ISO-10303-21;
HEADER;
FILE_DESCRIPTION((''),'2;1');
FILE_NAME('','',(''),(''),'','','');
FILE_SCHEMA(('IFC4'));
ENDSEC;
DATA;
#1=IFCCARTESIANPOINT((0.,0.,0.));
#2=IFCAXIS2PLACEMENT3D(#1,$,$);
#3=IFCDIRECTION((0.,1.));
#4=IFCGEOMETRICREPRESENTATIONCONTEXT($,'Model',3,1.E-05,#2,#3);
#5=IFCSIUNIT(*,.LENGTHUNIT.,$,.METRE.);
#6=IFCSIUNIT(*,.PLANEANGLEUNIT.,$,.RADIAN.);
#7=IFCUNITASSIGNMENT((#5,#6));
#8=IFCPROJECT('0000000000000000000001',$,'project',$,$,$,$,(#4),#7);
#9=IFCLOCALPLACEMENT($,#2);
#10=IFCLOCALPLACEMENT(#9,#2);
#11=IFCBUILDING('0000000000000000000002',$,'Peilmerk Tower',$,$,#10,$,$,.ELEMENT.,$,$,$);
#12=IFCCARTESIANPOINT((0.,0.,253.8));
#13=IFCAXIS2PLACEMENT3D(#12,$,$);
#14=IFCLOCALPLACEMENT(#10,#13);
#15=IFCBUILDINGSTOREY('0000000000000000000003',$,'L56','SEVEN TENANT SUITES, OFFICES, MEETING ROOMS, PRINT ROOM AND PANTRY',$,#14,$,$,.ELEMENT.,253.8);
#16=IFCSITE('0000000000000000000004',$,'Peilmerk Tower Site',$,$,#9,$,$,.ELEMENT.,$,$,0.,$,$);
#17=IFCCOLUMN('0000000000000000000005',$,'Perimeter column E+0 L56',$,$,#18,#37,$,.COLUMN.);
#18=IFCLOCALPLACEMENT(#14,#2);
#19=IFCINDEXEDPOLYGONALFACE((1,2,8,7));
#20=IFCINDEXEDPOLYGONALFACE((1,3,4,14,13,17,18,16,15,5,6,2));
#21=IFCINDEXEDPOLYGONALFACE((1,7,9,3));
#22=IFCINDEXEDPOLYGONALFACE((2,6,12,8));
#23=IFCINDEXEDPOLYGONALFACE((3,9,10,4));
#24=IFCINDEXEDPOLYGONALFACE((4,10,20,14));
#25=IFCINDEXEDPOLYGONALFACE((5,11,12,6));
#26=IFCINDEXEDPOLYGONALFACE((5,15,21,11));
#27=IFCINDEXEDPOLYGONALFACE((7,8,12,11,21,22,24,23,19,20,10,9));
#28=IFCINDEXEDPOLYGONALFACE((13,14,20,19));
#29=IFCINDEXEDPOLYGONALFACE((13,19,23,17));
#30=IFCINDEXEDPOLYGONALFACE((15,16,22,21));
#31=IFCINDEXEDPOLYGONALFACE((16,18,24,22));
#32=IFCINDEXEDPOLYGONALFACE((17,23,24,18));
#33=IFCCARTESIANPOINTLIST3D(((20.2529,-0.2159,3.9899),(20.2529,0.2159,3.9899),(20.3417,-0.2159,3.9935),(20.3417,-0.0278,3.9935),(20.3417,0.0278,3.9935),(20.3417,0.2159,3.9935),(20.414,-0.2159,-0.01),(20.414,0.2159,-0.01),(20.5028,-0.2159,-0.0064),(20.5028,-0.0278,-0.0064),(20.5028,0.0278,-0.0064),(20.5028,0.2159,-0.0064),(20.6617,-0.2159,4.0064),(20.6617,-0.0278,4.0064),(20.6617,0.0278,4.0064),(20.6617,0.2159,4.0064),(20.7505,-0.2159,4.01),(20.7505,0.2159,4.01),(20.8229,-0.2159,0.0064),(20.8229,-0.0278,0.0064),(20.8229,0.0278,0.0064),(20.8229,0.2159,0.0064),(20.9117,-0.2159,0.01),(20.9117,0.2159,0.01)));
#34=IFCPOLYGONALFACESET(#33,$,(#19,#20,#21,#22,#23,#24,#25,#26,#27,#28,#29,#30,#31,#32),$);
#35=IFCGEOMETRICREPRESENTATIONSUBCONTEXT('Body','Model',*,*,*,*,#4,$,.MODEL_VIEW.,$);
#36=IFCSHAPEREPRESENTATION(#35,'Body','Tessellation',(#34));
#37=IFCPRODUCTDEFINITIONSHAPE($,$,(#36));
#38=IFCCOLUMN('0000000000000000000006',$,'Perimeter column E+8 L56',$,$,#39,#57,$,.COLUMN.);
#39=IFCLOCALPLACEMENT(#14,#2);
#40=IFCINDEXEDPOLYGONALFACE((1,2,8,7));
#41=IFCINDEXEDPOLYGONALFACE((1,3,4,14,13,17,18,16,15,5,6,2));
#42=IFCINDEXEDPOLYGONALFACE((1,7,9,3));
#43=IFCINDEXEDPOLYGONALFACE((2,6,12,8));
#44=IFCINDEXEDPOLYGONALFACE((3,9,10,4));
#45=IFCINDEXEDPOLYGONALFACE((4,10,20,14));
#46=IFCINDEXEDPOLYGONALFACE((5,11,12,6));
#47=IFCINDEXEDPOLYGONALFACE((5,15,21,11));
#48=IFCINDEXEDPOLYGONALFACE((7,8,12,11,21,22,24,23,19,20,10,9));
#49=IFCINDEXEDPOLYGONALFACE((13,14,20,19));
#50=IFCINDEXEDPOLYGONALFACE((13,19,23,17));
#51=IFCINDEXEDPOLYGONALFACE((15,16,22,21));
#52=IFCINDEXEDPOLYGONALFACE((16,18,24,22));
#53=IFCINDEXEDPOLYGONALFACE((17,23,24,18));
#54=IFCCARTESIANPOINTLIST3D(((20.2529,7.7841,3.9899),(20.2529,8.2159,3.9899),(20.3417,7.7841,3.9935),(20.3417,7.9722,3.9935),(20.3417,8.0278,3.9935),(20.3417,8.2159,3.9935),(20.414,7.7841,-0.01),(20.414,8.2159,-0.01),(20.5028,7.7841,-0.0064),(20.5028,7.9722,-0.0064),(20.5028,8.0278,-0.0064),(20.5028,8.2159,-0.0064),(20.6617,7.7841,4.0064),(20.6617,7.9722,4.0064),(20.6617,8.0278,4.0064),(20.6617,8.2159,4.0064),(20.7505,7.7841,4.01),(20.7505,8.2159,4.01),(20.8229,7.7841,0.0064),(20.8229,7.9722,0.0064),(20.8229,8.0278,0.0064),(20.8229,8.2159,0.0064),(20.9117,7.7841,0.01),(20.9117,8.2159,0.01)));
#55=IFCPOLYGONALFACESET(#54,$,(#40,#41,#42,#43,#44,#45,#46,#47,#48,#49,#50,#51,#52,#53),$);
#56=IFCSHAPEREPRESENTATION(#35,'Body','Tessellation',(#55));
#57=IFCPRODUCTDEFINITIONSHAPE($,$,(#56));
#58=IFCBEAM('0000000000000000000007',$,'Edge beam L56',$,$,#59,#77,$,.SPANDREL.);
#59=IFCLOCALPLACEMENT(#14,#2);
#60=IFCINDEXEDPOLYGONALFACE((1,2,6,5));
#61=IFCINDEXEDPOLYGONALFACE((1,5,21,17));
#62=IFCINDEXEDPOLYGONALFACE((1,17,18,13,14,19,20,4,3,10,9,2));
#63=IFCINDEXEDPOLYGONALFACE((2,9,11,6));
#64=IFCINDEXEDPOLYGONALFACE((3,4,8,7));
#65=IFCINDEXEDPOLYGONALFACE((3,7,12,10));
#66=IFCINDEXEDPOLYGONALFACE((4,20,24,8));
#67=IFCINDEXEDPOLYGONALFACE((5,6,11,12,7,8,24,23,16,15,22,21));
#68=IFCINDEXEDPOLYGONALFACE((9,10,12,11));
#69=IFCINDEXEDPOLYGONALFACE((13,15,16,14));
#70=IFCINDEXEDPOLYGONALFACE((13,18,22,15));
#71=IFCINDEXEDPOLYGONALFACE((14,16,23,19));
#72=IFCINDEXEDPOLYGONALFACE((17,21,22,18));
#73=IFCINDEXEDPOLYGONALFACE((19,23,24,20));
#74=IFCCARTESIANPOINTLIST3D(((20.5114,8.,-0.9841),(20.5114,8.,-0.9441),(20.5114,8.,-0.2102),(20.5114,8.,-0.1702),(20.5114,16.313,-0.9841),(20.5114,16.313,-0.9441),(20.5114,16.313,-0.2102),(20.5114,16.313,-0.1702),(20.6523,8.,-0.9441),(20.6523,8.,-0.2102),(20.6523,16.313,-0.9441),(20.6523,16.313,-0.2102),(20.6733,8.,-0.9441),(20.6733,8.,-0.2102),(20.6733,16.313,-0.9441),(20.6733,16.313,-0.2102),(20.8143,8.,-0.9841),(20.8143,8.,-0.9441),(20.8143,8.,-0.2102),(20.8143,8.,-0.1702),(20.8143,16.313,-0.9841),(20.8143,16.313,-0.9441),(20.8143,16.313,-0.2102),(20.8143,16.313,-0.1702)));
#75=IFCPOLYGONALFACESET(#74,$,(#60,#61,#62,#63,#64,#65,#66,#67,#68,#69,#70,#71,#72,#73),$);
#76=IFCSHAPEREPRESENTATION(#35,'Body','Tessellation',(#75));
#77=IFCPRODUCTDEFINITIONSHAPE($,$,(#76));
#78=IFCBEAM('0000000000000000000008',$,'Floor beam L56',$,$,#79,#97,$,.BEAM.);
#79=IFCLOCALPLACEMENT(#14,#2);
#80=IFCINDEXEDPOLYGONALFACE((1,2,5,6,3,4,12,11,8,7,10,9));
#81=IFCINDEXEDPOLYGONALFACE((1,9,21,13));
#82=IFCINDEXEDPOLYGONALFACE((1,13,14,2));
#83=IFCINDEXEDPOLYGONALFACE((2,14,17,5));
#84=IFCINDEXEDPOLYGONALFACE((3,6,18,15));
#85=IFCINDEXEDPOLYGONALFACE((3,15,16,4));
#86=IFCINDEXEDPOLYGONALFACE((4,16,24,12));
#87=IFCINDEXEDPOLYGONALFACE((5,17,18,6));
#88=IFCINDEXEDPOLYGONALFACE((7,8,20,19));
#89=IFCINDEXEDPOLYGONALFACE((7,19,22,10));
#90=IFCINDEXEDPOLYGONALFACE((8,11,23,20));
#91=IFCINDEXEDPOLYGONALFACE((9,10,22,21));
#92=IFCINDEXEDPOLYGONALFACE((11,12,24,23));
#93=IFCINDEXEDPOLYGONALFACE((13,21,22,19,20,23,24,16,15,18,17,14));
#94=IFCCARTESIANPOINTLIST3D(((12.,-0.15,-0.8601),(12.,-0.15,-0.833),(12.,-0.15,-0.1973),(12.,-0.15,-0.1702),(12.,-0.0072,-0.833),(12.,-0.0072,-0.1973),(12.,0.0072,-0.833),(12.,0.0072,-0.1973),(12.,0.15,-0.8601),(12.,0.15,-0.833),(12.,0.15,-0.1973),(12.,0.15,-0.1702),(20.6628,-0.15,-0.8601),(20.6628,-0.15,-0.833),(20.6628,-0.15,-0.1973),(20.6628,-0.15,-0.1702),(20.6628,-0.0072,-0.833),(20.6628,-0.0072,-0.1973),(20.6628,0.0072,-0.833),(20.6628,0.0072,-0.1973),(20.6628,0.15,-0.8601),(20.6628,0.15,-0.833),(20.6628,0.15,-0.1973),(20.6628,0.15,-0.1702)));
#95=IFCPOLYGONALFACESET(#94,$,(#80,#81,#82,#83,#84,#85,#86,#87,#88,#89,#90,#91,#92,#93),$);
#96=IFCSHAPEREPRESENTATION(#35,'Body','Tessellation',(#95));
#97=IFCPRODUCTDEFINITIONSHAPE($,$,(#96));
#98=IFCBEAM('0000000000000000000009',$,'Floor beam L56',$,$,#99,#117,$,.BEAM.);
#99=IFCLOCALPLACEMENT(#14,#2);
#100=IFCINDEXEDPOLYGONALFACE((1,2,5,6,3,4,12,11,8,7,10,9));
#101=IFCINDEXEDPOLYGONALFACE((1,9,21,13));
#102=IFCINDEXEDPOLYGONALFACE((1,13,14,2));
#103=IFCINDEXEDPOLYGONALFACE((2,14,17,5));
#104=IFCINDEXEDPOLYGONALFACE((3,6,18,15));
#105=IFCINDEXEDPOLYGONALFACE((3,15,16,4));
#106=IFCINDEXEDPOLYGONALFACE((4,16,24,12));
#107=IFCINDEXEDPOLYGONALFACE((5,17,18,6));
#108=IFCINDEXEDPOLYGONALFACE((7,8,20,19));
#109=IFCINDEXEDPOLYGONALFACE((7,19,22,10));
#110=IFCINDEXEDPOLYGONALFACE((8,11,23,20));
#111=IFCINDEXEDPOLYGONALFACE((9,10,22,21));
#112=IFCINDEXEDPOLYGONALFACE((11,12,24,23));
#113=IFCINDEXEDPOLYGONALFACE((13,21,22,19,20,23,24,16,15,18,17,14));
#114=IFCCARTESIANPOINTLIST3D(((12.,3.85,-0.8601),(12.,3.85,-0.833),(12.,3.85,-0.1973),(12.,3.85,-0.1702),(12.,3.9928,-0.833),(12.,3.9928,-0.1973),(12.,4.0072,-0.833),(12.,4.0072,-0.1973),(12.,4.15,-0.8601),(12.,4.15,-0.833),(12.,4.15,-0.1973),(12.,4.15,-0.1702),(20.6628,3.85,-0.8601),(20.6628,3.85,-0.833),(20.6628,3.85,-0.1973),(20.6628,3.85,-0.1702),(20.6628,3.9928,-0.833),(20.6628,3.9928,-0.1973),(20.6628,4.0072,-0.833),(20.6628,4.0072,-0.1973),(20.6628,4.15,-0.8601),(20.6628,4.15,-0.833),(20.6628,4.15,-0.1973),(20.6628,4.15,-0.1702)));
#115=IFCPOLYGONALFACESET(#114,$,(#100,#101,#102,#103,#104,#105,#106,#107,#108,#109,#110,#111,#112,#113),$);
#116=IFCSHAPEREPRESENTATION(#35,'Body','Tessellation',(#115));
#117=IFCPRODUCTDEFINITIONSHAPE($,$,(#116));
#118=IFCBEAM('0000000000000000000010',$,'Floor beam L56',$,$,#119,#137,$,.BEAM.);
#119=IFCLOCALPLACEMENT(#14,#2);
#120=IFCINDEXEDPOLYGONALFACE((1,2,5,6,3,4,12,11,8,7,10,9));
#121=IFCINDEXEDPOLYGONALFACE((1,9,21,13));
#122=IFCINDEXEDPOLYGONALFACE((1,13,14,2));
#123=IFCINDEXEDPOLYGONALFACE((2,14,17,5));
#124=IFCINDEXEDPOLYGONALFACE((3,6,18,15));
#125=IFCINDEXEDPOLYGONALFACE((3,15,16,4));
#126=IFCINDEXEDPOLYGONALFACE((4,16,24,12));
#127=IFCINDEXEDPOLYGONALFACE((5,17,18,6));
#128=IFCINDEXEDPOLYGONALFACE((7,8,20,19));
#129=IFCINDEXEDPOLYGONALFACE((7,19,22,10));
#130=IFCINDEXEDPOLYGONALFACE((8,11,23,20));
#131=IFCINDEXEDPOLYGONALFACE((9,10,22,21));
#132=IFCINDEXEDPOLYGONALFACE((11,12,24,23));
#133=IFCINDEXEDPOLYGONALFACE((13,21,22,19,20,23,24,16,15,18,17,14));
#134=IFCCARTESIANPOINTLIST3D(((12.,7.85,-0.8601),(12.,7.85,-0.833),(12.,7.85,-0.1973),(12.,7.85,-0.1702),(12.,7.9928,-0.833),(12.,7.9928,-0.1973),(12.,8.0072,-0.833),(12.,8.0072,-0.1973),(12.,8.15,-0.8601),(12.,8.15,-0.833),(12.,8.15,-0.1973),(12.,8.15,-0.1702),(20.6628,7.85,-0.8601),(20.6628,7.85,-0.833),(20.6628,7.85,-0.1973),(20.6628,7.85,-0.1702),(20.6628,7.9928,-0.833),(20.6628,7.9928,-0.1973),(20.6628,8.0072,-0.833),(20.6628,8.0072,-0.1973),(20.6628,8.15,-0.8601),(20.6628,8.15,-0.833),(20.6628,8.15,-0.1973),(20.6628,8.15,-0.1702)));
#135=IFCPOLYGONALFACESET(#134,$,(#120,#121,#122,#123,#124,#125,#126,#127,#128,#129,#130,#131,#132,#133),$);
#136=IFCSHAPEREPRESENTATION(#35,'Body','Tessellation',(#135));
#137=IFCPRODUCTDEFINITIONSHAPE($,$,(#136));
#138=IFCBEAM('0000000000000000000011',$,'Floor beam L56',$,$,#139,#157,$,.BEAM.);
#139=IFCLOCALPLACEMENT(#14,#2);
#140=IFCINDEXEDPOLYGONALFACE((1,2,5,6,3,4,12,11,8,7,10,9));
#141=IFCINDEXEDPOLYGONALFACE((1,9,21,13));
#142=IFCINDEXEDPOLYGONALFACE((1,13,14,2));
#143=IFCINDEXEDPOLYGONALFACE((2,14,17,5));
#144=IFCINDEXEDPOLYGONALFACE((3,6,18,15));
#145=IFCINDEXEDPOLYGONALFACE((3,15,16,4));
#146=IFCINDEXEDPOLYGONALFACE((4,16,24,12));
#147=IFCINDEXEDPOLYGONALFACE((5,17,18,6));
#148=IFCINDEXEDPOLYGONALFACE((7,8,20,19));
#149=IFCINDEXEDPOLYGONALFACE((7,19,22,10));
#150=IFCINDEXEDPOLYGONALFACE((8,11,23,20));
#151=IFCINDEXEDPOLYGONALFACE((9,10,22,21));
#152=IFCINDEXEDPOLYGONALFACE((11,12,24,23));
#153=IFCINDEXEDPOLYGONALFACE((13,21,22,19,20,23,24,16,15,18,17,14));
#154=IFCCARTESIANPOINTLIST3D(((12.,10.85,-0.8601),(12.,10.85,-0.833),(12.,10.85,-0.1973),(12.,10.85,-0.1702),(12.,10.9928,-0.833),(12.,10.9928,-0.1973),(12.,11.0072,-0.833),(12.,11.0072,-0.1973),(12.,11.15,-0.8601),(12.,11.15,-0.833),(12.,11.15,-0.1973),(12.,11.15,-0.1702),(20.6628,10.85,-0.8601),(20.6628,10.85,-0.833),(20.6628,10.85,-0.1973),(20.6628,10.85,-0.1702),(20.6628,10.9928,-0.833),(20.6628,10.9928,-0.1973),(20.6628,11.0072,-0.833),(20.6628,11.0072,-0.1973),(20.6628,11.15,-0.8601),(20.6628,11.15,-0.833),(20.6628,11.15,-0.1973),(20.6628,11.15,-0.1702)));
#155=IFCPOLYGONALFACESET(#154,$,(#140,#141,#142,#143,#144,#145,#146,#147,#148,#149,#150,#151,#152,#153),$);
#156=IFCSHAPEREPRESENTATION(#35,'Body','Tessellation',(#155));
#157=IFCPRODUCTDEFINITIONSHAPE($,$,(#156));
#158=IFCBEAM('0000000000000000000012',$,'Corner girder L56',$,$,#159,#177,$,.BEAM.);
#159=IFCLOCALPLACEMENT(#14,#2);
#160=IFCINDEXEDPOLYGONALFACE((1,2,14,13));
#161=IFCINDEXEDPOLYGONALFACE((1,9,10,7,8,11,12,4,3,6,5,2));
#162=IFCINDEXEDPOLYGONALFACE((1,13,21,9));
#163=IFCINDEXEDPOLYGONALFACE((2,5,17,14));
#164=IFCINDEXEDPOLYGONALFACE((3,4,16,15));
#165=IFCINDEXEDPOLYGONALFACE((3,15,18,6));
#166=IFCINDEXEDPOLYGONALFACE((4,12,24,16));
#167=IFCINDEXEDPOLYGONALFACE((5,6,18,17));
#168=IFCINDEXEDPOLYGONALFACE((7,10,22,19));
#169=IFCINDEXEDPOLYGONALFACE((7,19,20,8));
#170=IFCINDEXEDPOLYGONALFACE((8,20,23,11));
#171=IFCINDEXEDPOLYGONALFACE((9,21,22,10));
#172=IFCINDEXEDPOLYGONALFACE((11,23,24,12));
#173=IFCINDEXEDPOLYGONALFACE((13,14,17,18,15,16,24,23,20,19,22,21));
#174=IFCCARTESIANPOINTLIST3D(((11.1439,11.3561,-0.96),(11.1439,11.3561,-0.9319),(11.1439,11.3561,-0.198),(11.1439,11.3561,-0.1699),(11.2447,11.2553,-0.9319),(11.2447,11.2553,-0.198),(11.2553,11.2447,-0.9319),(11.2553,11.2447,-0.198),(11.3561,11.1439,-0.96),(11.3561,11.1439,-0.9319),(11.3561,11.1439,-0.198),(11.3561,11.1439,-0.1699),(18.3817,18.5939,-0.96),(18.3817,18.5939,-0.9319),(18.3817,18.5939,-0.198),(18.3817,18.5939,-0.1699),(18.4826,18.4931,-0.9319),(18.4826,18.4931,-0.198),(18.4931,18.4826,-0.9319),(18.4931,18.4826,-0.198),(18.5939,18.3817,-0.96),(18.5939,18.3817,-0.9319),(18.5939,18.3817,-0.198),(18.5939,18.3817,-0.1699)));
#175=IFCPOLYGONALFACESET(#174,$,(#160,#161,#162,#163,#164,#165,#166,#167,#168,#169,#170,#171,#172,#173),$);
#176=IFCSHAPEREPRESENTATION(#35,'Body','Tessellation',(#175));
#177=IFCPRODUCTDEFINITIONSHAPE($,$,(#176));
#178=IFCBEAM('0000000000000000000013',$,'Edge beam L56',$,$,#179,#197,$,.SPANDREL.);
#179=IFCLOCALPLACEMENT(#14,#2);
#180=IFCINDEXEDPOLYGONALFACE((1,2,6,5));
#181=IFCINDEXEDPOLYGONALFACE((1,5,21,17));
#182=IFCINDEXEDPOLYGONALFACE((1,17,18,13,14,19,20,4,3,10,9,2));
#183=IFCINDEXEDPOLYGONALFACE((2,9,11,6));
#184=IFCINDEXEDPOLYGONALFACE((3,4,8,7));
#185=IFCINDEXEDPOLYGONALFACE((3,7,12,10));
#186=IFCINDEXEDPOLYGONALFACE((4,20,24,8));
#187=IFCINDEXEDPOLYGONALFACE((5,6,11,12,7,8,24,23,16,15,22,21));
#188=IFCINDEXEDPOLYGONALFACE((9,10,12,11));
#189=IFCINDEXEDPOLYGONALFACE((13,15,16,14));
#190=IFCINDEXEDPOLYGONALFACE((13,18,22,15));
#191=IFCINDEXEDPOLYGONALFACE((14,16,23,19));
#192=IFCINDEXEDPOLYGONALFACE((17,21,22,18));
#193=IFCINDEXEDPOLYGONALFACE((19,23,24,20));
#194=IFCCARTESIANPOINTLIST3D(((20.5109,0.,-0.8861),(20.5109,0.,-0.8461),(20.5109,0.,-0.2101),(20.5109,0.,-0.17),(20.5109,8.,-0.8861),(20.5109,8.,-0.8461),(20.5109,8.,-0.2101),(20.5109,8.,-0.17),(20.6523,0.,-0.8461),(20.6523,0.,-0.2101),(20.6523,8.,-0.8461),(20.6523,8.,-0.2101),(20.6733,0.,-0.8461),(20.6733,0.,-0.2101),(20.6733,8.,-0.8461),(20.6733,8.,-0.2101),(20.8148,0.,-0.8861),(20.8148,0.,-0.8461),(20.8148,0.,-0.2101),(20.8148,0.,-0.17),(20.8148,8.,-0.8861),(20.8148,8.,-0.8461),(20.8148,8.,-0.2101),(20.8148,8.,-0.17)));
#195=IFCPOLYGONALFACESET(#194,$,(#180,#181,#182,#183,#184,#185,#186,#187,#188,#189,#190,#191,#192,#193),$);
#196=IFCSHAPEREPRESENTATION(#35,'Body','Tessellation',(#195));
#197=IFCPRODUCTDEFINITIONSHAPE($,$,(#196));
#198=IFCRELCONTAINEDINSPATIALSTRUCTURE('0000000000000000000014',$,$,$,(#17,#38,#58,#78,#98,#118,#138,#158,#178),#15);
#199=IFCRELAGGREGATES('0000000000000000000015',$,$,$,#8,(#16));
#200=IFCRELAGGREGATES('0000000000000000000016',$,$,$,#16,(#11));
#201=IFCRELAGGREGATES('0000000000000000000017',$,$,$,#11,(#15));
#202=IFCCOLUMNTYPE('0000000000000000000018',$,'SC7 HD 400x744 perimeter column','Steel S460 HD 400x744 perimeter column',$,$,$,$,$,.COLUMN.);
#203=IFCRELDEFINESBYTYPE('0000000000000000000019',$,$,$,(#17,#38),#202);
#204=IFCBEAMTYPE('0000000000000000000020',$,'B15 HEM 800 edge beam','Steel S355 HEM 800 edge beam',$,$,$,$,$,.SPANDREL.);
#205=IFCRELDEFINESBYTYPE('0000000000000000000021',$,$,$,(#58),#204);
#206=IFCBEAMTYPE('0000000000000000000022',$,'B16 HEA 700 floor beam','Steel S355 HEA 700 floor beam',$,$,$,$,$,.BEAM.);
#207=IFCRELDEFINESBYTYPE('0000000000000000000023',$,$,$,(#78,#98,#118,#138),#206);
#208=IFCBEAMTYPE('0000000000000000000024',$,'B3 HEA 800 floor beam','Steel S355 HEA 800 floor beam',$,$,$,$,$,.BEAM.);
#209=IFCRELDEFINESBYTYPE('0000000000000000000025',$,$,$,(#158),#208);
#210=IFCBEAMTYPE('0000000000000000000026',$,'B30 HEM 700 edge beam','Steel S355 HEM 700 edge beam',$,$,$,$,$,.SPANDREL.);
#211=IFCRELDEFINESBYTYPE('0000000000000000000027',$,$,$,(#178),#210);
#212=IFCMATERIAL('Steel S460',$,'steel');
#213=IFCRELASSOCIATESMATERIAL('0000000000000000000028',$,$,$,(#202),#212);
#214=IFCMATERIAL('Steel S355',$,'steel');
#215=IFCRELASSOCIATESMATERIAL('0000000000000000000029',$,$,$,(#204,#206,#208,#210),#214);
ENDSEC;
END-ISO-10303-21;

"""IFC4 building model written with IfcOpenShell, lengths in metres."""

from ifc_helpers import new_model, si_unit, direction, frame, origin, origin_2d, place, context, subcontext, project, spatial, i_section, extrude, material, material_profile, profile_set, type_object, element, save


model = new_model("IFC4")

# Units and contexts
model_context = context("Model", 3, precision=1e-05, world=origin(), true_north=direction((0.0, 1.0)))
body_context = subcontext(model_context, "Body", "Model", "MODEL_VIEW")
ifc_project = project(units=[si_unit("LENGTHUNIT", "METRE"), si_unit("PLANEANGLEUNIT", "RADIAN")], contexts=[model_context])

# Site, building, storey
site_placement = place(None, origin())
site = spatial("IfcSite", under=ifc_project, at=site_placement, Name="Peilmerk Tower Site", CompositionType="ELEMENT", RefElevation=0.0)
building_placement = place(site_placement, origin())
building = spatial("IfcBuilding", under=site, at=building_placement, Name="Peilmerk Tower", CompositionType="ELEMENT")
storey_placement = place(building_placement, frame((0.0, 0.0, 253.8)))
storey = spatial("IfcBuildingStorey", under=building, at=storey_placement, Name="L56", Description="SEVEN TENANT SUITES, OFFICES, MEETING ROOMS, PRINT ROOM AND PANTRY", CompositionType="ELEMENT", Elevation=253.8)

# Columns
ifc_material_1 = material(Name="Steel S460", Category="steel")
ifc_material_profile_1 = material_profile(ifc_material_1, i_section(OverallWidth=0.4319, OverallDepth=0.498, WebThickness=0.0557, FlangeThickness=0.0889, at=origin_2d()), Name="HD 400x744")
ifc_profile_set_1 = profile_set([ifc_material_profile_1], Name="Steel S460")
column_type = type_object("IfcColumnType", Name="SC7 HD 400x744 perimeter column", Description="Steel S460 HD 400x744 perimeter column", PredefinedType="COLUMN", material=ifc_profile_set_1)
for number, where, z_axis, x_axis, name in (
    (1, (20.6628, 0.0, 0.0), (-0.040251, 0.0, 0.99919), (0.0, -1.0, 0.0), "Perimeter column E+0 L56"),
    (2, (20.6628, 8.0, 0.0), (-0.040251, 0.0, 0.99919), (0.0, -1.0, 0.0), "Perimeter column E+8 L56"),
):
    element("IfcColumn", number, at=place(storey_placement, frame(where, z_axis=z_axis, x_axis=x_axis)), inside=storey, type_object=column_type, Name=name, PredefinedType="COLUMN", context=body_context, shape_type="SweptSolid", body=[
        extrude(i_section(OverallWidth=0.4319, OverallDepth=0.498, WebThickness=0.0557, FlangeThickness=0.0889, at=origin_2d()), origin(), (0.0, 0.0, 1.0), 4.0032),
    ])

# Beams
ifc_material_2 = material(Name="Steel S355", Category="steel")
ifc_material_profile_2 = material_profile(ifc_material_2, i_section(OverallWidth=0.303, OverallDepth=0.814, WebThickness=0.021, FlangeThickness=0.04, at=origin_2d()), Name="HEM 800")
ifc_profile_set_2 = profile_set([ifc_material_profile_2], Name="Steel S355")
beam_type_1 = type_object("IfcBeamType", Name="B15 HEM 800 edge beam", Description="Steel S355 HEM 800 edge beam", PredefinedType="SPANDREL", material=ifc_profile_set_2)
beam_1_placement = place(storey_placement, frame((20.6628, 8.0, -0.5771), z_axis=(0.0, 1.0, 0.0), x_axis=(-1.0, 0.0, 0.0)))
element("IfcBeam", 3, at=beam_1_placement, inside=storey, type_object=beam_type_1, Name="Edge beam L56", PredefinedType="SPANDREL", context=body_context, shape_type="SweptSolid", body=[
    extrude(i_section(OverallWidth=0.303, OverallDepth=0.814, WebThickness=0.021, FlangeThickness=0.04, at=origin_2d()), origin(), (0.0, 0.0, 1.0), 8.313),
])
ifc_material_profile_3 = material_profile(ifc_material_2, i_section(OverallWidth=0.3, OverallDepth=0.6899, WebThickness=0.0144, FlangeThickness=0.0271, at=origin_2d()), Name="HEA 700")
ifc_profile_set_3 = profile_set([ifc_material_profile_3], Name="Steel S355")
beam_type_2 = type_object("IfcBeamType", Name="B16 HEA 700 floor beam", Description="Steel S355 HEA 700 floor beam", PredefinedType="BEAM", material=ifc_profile_set_3)
for number, where, z_axis, x_axis, name in (
    (4, (12.0, 0.0, -0.5151), (1.0, 0.0, 0.0), (0.0, 1.0, 0.0), "Floor beam L56"),
    (5, (12.0, 4.0, -0.5151), (1.0, 0.0, 0.0), (0.0, 1.0, 0.0), "Floor beam L56"),
    (6, (12.0, 8.0, -0.5151), (1.0, 0.0, 0.0), (0.0, 1.0, 0.0), "Floor beam L56"),
    (7, (12.0, 11.0, -0.5151), (1.0, 0.0, 0.0), (0.0, 1.0, 0.0), "Floor beam L56"),
):
    element("IfcBeam", number, at=place(storey_placement, frame(where, z_axis=z_axis, x_axis=x_axis)), inside=storey, type_object=beam_type_2, Name=name, PredefinedType="BEAM", context=body_context, shape_type="SweptSolid", body=[
        extrude(i_section(OverallWidth=0.3, OverallDepth=0.6899, WebThickness=0.0144, FlangeThickness=0.0271, at=origin_2d()), origin(), (0.0, 0.0, 1.0), 8.6628),
    ])
ifc_material_profile_4 = material_profile(ifc_material_2, i_section(OverallWidth=0.3, OverallDepth=0.79, WebThickness=0.0149, FlangeThickness=0.0281, at=origin_2d()), Name="HEA 800")
ifc_profile_set_4 = profile_set([ifc_material_profile_4], Name="Steel S355")
beam_type_3 = type_object("IfcBeamType", Name="B3 HEA 800 floor beam", Description="Steel S355 HEA 800 floor beam", PredefinedType="BEAM", material=ifc_profile_set_4)
beam_2_placement = place(storey_placement, frame((11.25, 11.25, -0.5649), z_axis=(0.707107, 0.707107, 0.0), x_axis=(-0.707107, 0.707107, 0.0)))
element("IfcBeam", 8, at=beam_2_placement, inside=storey, type_object=beam_type_3, Name="Corner girder L56", PredefinedType="BEAM", context=body_context, shape_type="SweptSolid", body=[
    extrude(i_section(OverallWidth=0.3, OverallDepth=0.79, WebThickness=0.0149, FlangeThickness=0.0281, at=origin_2d()), origin(), (0.0, 0.0, 1.0), 10.2358),
])
ifc_material_profile_5 = material_profile(ifc_material_2, i_section(OverallWidth=0.304, OverallDepth=0.7161, WebThickness=0.021, FlangeThickness=0.04, at=origin_2d()), Name="HEM 700")
ifc_profile_set_5 = profile_set([ifc_material_profile_5], Name="Steel S355")
beam_type_4 = type_object("IfcBeamType", Name="B30 HEM 700 edge beam", Description="Steel S355 HEM 700 edge beam", PredefinedType="SPANDREL", material=ifc_profile_set_5)
beam_3_placement = place(storey_placement, frame((20.6628, 0.0, -0.5281), z_axis=(0.0, 1.0, 0.0), x_axis=(-1.0, 0.0, 0.0)))
element("IfcBeam", 9, at=beam_3_placement, inside=storey, type_object=beam_type_4, Name="Edge beam L56", PredefinedType="SPANDREL", context=body_context, shape_type="SweptSolid", body=[
    extrude(i_section(OverallWidth=0.304, OverallDepth=0.7161, WebThickness=0.021, FlangeThickness=0.04, at=origin_2d()), origin(), (0.0, 0.0, 1.0), 8.0),
])

save(model, "model.ifc")
